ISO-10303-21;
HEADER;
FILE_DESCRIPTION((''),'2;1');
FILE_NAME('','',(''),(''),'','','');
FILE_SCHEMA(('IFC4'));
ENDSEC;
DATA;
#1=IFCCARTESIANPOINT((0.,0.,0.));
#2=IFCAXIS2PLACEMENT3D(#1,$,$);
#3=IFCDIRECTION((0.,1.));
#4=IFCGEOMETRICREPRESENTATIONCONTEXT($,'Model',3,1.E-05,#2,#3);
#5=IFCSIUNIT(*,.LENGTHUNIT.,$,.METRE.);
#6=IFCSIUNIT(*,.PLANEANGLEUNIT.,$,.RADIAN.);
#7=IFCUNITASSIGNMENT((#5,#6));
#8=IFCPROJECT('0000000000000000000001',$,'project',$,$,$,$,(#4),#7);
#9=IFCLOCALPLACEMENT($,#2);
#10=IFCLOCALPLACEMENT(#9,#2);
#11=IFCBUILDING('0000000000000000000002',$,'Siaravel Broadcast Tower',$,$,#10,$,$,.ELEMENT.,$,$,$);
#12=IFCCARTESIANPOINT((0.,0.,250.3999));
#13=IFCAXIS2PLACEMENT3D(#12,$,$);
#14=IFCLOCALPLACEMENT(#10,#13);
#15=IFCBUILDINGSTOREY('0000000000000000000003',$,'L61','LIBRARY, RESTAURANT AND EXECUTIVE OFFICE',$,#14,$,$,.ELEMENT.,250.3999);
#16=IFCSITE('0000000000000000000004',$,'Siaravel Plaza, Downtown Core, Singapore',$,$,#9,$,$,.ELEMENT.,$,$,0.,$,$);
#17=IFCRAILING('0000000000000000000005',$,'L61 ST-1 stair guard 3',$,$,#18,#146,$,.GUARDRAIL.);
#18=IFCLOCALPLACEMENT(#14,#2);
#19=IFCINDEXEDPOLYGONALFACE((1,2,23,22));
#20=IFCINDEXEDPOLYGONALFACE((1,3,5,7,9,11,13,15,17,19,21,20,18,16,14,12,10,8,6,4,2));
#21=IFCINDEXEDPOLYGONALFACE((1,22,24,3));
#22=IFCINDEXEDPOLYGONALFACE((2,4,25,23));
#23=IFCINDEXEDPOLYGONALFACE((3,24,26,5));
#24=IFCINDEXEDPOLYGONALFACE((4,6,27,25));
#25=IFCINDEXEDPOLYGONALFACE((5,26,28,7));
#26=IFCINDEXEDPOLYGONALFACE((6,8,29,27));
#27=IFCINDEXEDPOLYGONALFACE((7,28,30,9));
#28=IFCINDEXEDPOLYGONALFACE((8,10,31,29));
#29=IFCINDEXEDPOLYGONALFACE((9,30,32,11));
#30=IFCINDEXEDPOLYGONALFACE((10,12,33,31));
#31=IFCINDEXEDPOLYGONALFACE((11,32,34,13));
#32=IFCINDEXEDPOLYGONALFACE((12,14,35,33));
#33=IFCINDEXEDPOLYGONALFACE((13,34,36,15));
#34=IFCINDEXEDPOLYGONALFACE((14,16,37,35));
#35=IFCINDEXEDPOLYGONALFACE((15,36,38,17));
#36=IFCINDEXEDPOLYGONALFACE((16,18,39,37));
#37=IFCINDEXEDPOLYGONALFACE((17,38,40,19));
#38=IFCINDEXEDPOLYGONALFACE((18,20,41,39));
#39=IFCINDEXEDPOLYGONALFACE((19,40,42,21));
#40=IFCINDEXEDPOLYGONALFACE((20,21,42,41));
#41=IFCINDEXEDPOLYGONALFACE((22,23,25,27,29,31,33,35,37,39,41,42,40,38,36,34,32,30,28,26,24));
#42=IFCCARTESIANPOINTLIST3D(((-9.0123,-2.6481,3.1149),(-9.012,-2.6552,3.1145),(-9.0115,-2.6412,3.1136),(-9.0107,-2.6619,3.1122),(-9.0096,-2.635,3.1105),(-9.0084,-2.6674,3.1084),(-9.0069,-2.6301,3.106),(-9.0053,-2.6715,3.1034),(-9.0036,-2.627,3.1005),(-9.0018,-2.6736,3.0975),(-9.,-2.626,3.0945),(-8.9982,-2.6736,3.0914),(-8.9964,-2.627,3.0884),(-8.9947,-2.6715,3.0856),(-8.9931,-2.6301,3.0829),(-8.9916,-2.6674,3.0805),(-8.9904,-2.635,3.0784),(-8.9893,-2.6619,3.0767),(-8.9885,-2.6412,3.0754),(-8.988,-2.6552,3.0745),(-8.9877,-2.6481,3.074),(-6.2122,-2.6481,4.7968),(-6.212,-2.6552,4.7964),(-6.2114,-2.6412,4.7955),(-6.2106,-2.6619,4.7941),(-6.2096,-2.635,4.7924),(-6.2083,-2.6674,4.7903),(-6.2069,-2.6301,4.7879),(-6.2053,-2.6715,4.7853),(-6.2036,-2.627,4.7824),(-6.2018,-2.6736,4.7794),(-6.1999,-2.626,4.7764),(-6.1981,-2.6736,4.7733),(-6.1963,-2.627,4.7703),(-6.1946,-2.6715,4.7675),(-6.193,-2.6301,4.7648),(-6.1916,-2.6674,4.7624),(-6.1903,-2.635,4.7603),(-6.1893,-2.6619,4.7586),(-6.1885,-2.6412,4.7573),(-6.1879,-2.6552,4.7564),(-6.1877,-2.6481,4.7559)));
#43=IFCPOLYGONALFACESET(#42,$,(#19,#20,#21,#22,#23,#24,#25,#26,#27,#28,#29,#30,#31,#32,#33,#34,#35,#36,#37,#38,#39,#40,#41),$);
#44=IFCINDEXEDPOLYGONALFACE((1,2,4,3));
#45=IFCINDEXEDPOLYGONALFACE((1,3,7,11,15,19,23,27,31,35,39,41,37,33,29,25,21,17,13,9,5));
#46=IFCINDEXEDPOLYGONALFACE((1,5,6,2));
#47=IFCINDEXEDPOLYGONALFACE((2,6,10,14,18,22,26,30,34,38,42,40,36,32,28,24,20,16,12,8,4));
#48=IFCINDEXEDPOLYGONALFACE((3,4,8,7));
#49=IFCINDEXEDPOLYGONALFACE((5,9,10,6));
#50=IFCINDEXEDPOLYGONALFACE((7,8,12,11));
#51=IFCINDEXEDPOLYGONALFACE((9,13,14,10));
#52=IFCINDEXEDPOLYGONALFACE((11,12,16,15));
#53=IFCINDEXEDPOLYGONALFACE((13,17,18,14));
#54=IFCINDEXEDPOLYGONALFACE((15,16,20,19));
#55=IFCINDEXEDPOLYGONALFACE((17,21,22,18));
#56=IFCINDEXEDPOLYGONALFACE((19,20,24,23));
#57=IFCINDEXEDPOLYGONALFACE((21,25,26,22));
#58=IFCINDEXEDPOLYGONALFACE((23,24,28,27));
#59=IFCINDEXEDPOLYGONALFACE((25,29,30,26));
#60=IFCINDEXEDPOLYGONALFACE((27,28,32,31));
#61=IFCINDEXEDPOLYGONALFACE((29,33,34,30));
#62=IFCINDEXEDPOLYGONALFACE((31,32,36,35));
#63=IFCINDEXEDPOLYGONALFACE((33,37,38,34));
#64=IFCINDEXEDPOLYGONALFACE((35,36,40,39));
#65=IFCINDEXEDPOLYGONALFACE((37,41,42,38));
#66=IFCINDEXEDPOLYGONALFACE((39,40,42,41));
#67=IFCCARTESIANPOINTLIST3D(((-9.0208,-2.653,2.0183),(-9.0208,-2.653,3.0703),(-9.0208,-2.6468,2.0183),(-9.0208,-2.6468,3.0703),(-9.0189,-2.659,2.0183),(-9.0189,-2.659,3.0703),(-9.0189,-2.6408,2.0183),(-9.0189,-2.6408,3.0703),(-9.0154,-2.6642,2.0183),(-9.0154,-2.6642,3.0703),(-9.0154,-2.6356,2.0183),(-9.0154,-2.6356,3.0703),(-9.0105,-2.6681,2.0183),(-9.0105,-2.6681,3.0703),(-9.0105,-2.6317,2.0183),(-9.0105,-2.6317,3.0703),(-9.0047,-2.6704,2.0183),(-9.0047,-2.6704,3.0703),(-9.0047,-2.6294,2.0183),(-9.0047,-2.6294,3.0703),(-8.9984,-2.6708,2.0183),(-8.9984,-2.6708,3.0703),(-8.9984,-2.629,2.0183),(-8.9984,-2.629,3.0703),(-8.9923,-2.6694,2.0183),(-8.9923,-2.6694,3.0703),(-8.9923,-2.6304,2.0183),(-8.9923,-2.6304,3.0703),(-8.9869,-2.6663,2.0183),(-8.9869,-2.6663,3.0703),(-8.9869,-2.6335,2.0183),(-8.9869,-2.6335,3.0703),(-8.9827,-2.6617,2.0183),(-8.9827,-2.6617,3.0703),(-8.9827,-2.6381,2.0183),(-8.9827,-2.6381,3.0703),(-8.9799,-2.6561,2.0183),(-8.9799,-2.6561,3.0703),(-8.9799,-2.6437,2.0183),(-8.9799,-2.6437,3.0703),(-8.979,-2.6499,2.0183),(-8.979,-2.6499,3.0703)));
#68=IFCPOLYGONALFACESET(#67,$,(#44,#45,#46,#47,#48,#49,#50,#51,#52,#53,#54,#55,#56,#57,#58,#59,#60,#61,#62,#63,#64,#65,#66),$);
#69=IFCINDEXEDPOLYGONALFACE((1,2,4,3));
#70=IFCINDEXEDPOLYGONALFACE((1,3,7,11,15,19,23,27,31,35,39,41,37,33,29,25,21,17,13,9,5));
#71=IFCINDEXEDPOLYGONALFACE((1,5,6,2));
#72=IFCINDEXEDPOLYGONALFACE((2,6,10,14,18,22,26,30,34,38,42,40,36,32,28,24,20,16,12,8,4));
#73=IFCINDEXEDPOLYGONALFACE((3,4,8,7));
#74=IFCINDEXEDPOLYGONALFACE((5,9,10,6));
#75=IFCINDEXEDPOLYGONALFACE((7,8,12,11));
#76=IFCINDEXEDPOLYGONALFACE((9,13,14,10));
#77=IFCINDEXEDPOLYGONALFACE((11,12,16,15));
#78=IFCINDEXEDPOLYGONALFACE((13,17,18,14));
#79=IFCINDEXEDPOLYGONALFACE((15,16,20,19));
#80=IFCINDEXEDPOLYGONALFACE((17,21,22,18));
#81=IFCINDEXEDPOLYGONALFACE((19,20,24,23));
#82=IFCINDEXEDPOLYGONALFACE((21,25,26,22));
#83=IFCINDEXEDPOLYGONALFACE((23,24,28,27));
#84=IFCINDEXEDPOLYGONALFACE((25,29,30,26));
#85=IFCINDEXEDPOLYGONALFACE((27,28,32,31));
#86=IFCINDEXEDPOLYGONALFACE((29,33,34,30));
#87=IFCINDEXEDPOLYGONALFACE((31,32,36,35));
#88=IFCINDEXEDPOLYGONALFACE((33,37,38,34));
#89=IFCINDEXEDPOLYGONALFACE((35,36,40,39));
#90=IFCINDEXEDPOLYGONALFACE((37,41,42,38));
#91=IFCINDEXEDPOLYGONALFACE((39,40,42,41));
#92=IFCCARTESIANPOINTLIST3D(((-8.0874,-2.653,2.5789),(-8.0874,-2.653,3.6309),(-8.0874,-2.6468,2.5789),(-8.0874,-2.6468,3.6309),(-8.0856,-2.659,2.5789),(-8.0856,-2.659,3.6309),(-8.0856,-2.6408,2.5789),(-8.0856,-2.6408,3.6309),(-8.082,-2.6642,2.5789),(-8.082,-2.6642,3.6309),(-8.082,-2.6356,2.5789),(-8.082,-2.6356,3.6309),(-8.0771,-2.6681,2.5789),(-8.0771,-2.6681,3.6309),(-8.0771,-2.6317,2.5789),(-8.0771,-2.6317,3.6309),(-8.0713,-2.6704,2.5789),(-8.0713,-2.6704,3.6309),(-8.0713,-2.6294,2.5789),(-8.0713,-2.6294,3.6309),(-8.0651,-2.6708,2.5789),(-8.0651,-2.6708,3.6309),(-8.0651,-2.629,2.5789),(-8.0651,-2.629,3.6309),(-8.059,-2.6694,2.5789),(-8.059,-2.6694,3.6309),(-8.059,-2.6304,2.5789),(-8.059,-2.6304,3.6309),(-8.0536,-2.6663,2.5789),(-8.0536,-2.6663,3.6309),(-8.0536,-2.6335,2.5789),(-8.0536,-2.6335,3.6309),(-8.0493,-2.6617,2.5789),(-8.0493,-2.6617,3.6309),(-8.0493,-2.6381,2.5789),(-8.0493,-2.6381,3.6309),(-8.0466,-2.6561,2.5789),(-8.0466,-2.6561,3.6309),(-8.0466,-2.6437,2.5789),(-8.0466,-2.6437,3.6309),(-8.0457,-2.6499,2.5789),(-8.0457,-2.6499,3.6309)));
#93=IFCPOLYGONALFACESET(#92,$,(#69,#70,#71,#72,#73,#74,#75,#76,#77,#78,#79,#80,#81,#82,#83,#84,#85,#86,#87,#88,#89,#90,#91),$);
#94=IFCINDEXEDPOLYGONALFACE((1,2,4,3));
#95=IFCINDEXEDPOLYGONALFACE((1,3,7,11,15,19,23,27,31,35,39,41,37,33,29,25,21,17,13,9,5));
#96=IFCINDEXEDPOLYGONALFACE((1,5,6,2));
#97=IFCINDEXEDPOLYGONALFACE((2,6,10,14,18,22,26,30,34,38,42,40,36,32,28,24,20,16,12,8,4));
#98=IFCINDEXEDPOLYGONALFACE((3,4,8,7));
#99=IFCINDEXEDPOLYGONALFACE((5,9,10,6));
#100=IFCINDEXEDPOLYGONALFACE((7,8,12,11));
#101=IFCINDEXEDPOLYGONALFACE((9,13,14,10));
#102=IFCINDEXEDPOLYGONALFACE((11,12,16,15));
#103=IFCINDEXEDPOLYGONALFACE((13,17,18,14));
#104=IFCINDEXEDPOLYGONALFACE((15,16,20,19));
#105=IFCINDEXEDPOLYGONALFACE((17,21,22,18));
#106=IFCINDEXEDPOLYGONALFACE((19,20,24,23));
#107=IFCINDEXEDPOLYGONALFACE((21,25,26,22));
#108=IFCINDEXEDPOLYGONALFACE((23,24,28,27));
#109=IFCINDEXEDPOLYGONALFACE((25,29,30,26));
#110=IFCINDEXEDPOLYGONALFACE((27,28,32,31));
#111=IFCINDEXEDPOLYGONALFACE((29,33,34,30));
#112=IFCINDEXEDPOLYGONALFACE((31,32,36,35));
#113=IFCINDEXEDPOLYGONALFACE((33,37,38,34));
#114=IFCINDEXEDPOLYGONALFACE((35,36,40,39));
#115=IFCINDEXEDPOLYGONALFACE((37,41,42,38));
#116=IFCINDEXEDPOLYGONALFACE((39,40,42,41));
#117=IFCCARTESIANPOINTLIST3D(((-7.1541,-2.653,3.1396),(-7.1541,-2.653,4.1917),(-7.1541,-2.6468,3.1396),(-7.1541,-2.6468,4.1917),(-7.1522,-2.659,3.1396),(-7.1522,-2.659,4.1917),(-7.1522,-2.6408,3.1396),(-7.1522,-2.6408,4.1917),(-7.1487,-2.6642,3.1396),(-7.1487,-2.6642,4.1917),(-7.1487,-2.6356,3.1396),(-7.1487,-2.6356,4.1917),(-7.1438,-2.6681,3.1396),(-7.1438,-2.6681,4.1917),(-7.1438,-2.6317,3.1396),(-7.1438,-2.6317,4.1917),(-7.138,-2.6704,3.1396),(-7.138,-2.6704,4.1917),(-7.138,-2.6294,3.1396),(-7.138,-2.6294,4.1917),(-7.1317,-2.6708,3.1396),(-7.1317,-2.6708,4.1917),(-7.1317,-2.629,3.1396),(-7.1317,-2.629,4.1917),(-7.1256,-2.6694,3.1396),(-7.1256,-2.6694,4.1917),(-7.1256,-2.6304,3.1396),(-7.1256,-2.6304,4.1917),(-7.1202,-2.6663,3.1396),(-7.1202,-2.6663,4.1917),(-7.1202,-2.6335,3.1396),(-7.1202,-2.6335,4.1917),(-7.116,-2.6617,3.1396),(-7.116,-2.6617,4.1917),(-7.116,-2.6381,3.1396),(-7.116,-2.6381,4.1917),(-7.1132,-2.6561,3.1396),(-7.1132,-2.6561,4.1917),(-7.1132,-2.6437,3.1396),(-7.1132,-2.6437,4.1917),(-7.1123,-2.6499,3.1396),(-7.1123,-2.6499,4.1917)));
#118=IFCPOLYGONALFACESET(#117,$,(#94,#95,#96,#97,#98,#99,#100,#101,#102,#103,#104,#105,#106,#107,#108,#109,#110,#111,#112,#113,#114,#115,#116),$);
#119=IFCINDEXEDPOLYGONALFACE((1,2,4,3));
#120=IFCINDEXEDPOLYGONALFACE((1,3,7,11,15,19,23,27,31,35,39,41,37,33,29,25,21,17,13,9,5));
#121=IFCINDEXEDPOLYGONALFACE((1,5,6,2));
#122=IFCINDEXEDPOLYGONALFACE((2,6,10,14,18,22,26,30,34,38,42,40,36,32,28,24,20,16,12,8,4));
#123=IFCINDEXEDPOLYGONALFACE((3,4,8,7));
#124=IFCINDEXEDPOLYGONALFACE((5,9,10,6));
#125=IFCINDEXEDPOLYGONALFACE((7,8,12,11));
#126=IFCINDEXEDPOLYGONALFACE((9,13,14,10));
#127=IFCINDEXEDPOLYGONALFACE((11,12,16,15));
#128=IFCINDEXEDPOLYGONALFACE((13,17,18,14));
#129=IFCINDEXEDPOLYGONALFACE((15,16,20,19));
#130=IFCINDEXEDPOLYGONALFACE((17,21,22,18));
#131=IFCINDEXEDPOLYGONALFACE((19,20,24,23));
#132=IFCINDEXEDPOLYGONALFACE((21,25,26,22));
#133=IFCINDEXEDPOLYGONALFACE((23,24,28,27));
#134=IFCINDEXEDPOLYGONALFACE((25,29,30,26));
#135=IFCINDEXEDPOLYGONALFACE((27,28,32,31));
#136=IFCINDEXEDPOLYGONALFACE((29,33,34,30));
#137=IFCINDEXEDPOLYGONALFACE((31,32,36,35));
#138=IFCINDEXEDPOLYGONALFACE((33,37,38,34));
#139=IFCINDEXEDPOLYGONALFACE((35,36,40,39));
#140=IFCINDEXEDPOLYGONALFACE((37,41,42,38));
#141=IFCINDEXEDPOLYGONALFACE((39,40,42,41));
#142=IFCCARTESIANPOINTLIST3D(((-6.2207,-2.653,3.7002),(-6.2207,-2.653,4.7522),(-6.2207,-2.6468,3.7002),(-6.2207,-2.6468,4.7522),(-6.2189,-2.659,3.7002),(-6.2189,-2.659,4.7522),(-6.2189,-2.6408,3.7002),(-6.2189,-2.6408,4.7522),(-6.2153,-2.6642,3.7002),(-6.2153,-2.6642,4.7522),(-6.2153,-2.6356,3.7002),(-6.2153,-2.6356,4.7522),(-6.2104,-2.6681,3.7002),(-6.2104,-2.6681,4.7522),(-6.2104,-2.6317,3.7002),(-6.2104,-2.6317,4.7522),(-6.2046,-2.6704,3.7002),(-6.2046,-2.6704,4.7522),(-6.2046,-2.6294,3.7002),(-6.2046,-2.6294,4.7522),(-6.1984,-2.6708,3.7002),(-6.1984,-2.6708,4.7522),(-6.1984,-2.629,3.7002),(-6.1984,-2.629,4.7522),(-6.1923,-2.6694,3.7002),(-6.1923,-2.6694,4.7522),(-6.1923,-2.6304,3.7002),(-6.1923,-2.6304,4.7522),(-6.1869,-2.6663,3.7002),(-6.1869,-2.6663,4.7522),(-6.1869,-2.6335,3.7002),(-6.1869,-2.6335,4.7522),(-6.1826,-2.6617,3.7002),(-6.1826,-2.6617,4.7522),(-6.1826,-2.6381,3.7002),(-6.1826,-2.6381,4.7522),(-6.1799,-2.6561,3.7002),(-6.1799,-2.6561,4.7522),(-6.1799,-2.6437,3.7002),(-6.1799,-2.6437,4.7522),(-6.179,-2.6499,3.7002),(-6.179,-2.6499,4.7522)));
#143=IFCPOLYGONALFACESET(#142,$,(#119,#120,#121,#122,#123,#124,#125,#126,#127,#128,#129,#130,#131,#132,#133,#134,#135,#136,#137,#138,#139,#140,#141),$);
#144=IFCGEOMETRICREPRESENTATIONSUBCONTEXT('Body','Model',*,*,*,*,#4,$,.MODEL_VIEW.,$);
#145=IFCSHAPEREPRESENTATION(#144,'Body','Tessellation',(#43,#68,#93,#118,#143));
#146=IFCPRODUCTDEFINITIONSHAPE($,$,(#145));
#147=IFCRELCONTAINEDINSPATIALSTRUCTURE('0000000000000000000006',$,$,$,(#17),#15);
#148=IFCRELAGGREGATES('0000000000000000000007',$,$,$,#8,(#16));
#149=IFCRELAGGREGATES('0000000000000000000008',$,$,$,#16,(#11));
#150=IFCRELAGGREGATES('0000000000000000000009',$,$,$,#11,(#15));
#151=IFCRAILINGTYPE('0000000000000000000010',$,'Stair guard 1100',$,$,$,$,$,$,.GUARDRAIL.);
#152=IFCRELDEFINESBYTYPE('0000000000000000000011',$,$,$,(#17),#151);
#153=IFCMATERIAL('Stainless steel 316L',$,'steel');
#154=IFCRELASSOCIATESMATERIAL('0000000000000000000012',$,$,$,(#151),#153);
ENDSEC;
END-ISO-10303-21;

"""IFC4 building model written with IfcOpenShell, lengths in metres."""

from ifc_helpers import new_model, si_unit, direction, frame, origin, origin_2d, place, context, subcontext, project, spatial, circle, extrude, material, type_object, element, save


model = new_model("IFC4")

# Units and contexts
model_context = context("Model", 3, precision=1e-05, world=origin(), true_north=direction((0.0, 1.0)))
body_context = subcontext(model_context, "Body", "Model", "MODEL_VIEW")
ifc_project = project(units=[si_unit("LENGTHUNIT", "METRE"), si_unit("PLANEANGLEUNIT", "RADIAN")], contexts=[model_context])

# Site, building, storey
site_placement = place(None, origin())
site = spatial("IfcSite", under=ifc_project, at=site_placement, Name="Siaravel Plaza, Downtown Core, Singapore", CompositionType="ELEMENT", RefElevation=0.0)
building_placement = place(site_placement, origin())
building = spatial("IfcBuilding", under=site, at=building_placement, Name="Siaravel Broadcast Tower", CompositionType="ELEMENT")
storey_placement = place(building_placement, frame((0.0, 0.0, 250.3999)))
storey = spatial("IfcBuildingStorey", under=building, at=storey_placement, Name="L61", Description="LIBRARY, RESTAURANT AND EXECUTIVE OFFICE", CompositionType="ELEMENT", Elevation=250.3999)

# Shared definitions
ifc_material_1 = material(Name="Stainless steel 316L", Category="steel")

# Railing
railing_type_1 = type_object("IfcRailingType", Name="Stair guard 1100", PredefinedType="GUARDRAIL", material=ifc_material_1)
railing_1_placement = place(storey_placement, frame((-9.0, -2.6499, 2.0183)))
element("IfcRailing", 1, at=railing_1_placement, inside=storey, type_object=railing_type_1, Name="L61 ST-1 stair guard 3", PredefinedType="GUARDRAIL", context=body_context, shape_type="SweptSolid", body=[
    extrude(circle(Radius=0.0239, at=origin_2d()), frame((0.0, 0.0, 1.0762), z_axis=(0.857242, 0.0, 0.514913), x_axis=(0.0, 1.0, 0.0)), (0.0, 0.0, 1.0), 3.2664),
    extrude(circle(Radius=0.021, at=origin_2d()), origin(), (0.0, 0.0, 1.0), 1.052),
    extrude(circle(Radius=0.021, at=origin_2d()), frame((0.9333, 0.0, 0.5605)), (0.0, 0.0, 1.0), 1.052),
    extrude(circle(Radius=0.021, at=origin_2d()), frame((1.8667, 0.0, 1.1213)), (0.0, 0.0, 1.0), 1.052),
    extrude(circle(Radius=0.021, at=origin_2d()), frame((2.8, 0.0, 1.6819)), (0.0, 0.0, 1.0), 1.052),
])

save(model, "model.ifc")
